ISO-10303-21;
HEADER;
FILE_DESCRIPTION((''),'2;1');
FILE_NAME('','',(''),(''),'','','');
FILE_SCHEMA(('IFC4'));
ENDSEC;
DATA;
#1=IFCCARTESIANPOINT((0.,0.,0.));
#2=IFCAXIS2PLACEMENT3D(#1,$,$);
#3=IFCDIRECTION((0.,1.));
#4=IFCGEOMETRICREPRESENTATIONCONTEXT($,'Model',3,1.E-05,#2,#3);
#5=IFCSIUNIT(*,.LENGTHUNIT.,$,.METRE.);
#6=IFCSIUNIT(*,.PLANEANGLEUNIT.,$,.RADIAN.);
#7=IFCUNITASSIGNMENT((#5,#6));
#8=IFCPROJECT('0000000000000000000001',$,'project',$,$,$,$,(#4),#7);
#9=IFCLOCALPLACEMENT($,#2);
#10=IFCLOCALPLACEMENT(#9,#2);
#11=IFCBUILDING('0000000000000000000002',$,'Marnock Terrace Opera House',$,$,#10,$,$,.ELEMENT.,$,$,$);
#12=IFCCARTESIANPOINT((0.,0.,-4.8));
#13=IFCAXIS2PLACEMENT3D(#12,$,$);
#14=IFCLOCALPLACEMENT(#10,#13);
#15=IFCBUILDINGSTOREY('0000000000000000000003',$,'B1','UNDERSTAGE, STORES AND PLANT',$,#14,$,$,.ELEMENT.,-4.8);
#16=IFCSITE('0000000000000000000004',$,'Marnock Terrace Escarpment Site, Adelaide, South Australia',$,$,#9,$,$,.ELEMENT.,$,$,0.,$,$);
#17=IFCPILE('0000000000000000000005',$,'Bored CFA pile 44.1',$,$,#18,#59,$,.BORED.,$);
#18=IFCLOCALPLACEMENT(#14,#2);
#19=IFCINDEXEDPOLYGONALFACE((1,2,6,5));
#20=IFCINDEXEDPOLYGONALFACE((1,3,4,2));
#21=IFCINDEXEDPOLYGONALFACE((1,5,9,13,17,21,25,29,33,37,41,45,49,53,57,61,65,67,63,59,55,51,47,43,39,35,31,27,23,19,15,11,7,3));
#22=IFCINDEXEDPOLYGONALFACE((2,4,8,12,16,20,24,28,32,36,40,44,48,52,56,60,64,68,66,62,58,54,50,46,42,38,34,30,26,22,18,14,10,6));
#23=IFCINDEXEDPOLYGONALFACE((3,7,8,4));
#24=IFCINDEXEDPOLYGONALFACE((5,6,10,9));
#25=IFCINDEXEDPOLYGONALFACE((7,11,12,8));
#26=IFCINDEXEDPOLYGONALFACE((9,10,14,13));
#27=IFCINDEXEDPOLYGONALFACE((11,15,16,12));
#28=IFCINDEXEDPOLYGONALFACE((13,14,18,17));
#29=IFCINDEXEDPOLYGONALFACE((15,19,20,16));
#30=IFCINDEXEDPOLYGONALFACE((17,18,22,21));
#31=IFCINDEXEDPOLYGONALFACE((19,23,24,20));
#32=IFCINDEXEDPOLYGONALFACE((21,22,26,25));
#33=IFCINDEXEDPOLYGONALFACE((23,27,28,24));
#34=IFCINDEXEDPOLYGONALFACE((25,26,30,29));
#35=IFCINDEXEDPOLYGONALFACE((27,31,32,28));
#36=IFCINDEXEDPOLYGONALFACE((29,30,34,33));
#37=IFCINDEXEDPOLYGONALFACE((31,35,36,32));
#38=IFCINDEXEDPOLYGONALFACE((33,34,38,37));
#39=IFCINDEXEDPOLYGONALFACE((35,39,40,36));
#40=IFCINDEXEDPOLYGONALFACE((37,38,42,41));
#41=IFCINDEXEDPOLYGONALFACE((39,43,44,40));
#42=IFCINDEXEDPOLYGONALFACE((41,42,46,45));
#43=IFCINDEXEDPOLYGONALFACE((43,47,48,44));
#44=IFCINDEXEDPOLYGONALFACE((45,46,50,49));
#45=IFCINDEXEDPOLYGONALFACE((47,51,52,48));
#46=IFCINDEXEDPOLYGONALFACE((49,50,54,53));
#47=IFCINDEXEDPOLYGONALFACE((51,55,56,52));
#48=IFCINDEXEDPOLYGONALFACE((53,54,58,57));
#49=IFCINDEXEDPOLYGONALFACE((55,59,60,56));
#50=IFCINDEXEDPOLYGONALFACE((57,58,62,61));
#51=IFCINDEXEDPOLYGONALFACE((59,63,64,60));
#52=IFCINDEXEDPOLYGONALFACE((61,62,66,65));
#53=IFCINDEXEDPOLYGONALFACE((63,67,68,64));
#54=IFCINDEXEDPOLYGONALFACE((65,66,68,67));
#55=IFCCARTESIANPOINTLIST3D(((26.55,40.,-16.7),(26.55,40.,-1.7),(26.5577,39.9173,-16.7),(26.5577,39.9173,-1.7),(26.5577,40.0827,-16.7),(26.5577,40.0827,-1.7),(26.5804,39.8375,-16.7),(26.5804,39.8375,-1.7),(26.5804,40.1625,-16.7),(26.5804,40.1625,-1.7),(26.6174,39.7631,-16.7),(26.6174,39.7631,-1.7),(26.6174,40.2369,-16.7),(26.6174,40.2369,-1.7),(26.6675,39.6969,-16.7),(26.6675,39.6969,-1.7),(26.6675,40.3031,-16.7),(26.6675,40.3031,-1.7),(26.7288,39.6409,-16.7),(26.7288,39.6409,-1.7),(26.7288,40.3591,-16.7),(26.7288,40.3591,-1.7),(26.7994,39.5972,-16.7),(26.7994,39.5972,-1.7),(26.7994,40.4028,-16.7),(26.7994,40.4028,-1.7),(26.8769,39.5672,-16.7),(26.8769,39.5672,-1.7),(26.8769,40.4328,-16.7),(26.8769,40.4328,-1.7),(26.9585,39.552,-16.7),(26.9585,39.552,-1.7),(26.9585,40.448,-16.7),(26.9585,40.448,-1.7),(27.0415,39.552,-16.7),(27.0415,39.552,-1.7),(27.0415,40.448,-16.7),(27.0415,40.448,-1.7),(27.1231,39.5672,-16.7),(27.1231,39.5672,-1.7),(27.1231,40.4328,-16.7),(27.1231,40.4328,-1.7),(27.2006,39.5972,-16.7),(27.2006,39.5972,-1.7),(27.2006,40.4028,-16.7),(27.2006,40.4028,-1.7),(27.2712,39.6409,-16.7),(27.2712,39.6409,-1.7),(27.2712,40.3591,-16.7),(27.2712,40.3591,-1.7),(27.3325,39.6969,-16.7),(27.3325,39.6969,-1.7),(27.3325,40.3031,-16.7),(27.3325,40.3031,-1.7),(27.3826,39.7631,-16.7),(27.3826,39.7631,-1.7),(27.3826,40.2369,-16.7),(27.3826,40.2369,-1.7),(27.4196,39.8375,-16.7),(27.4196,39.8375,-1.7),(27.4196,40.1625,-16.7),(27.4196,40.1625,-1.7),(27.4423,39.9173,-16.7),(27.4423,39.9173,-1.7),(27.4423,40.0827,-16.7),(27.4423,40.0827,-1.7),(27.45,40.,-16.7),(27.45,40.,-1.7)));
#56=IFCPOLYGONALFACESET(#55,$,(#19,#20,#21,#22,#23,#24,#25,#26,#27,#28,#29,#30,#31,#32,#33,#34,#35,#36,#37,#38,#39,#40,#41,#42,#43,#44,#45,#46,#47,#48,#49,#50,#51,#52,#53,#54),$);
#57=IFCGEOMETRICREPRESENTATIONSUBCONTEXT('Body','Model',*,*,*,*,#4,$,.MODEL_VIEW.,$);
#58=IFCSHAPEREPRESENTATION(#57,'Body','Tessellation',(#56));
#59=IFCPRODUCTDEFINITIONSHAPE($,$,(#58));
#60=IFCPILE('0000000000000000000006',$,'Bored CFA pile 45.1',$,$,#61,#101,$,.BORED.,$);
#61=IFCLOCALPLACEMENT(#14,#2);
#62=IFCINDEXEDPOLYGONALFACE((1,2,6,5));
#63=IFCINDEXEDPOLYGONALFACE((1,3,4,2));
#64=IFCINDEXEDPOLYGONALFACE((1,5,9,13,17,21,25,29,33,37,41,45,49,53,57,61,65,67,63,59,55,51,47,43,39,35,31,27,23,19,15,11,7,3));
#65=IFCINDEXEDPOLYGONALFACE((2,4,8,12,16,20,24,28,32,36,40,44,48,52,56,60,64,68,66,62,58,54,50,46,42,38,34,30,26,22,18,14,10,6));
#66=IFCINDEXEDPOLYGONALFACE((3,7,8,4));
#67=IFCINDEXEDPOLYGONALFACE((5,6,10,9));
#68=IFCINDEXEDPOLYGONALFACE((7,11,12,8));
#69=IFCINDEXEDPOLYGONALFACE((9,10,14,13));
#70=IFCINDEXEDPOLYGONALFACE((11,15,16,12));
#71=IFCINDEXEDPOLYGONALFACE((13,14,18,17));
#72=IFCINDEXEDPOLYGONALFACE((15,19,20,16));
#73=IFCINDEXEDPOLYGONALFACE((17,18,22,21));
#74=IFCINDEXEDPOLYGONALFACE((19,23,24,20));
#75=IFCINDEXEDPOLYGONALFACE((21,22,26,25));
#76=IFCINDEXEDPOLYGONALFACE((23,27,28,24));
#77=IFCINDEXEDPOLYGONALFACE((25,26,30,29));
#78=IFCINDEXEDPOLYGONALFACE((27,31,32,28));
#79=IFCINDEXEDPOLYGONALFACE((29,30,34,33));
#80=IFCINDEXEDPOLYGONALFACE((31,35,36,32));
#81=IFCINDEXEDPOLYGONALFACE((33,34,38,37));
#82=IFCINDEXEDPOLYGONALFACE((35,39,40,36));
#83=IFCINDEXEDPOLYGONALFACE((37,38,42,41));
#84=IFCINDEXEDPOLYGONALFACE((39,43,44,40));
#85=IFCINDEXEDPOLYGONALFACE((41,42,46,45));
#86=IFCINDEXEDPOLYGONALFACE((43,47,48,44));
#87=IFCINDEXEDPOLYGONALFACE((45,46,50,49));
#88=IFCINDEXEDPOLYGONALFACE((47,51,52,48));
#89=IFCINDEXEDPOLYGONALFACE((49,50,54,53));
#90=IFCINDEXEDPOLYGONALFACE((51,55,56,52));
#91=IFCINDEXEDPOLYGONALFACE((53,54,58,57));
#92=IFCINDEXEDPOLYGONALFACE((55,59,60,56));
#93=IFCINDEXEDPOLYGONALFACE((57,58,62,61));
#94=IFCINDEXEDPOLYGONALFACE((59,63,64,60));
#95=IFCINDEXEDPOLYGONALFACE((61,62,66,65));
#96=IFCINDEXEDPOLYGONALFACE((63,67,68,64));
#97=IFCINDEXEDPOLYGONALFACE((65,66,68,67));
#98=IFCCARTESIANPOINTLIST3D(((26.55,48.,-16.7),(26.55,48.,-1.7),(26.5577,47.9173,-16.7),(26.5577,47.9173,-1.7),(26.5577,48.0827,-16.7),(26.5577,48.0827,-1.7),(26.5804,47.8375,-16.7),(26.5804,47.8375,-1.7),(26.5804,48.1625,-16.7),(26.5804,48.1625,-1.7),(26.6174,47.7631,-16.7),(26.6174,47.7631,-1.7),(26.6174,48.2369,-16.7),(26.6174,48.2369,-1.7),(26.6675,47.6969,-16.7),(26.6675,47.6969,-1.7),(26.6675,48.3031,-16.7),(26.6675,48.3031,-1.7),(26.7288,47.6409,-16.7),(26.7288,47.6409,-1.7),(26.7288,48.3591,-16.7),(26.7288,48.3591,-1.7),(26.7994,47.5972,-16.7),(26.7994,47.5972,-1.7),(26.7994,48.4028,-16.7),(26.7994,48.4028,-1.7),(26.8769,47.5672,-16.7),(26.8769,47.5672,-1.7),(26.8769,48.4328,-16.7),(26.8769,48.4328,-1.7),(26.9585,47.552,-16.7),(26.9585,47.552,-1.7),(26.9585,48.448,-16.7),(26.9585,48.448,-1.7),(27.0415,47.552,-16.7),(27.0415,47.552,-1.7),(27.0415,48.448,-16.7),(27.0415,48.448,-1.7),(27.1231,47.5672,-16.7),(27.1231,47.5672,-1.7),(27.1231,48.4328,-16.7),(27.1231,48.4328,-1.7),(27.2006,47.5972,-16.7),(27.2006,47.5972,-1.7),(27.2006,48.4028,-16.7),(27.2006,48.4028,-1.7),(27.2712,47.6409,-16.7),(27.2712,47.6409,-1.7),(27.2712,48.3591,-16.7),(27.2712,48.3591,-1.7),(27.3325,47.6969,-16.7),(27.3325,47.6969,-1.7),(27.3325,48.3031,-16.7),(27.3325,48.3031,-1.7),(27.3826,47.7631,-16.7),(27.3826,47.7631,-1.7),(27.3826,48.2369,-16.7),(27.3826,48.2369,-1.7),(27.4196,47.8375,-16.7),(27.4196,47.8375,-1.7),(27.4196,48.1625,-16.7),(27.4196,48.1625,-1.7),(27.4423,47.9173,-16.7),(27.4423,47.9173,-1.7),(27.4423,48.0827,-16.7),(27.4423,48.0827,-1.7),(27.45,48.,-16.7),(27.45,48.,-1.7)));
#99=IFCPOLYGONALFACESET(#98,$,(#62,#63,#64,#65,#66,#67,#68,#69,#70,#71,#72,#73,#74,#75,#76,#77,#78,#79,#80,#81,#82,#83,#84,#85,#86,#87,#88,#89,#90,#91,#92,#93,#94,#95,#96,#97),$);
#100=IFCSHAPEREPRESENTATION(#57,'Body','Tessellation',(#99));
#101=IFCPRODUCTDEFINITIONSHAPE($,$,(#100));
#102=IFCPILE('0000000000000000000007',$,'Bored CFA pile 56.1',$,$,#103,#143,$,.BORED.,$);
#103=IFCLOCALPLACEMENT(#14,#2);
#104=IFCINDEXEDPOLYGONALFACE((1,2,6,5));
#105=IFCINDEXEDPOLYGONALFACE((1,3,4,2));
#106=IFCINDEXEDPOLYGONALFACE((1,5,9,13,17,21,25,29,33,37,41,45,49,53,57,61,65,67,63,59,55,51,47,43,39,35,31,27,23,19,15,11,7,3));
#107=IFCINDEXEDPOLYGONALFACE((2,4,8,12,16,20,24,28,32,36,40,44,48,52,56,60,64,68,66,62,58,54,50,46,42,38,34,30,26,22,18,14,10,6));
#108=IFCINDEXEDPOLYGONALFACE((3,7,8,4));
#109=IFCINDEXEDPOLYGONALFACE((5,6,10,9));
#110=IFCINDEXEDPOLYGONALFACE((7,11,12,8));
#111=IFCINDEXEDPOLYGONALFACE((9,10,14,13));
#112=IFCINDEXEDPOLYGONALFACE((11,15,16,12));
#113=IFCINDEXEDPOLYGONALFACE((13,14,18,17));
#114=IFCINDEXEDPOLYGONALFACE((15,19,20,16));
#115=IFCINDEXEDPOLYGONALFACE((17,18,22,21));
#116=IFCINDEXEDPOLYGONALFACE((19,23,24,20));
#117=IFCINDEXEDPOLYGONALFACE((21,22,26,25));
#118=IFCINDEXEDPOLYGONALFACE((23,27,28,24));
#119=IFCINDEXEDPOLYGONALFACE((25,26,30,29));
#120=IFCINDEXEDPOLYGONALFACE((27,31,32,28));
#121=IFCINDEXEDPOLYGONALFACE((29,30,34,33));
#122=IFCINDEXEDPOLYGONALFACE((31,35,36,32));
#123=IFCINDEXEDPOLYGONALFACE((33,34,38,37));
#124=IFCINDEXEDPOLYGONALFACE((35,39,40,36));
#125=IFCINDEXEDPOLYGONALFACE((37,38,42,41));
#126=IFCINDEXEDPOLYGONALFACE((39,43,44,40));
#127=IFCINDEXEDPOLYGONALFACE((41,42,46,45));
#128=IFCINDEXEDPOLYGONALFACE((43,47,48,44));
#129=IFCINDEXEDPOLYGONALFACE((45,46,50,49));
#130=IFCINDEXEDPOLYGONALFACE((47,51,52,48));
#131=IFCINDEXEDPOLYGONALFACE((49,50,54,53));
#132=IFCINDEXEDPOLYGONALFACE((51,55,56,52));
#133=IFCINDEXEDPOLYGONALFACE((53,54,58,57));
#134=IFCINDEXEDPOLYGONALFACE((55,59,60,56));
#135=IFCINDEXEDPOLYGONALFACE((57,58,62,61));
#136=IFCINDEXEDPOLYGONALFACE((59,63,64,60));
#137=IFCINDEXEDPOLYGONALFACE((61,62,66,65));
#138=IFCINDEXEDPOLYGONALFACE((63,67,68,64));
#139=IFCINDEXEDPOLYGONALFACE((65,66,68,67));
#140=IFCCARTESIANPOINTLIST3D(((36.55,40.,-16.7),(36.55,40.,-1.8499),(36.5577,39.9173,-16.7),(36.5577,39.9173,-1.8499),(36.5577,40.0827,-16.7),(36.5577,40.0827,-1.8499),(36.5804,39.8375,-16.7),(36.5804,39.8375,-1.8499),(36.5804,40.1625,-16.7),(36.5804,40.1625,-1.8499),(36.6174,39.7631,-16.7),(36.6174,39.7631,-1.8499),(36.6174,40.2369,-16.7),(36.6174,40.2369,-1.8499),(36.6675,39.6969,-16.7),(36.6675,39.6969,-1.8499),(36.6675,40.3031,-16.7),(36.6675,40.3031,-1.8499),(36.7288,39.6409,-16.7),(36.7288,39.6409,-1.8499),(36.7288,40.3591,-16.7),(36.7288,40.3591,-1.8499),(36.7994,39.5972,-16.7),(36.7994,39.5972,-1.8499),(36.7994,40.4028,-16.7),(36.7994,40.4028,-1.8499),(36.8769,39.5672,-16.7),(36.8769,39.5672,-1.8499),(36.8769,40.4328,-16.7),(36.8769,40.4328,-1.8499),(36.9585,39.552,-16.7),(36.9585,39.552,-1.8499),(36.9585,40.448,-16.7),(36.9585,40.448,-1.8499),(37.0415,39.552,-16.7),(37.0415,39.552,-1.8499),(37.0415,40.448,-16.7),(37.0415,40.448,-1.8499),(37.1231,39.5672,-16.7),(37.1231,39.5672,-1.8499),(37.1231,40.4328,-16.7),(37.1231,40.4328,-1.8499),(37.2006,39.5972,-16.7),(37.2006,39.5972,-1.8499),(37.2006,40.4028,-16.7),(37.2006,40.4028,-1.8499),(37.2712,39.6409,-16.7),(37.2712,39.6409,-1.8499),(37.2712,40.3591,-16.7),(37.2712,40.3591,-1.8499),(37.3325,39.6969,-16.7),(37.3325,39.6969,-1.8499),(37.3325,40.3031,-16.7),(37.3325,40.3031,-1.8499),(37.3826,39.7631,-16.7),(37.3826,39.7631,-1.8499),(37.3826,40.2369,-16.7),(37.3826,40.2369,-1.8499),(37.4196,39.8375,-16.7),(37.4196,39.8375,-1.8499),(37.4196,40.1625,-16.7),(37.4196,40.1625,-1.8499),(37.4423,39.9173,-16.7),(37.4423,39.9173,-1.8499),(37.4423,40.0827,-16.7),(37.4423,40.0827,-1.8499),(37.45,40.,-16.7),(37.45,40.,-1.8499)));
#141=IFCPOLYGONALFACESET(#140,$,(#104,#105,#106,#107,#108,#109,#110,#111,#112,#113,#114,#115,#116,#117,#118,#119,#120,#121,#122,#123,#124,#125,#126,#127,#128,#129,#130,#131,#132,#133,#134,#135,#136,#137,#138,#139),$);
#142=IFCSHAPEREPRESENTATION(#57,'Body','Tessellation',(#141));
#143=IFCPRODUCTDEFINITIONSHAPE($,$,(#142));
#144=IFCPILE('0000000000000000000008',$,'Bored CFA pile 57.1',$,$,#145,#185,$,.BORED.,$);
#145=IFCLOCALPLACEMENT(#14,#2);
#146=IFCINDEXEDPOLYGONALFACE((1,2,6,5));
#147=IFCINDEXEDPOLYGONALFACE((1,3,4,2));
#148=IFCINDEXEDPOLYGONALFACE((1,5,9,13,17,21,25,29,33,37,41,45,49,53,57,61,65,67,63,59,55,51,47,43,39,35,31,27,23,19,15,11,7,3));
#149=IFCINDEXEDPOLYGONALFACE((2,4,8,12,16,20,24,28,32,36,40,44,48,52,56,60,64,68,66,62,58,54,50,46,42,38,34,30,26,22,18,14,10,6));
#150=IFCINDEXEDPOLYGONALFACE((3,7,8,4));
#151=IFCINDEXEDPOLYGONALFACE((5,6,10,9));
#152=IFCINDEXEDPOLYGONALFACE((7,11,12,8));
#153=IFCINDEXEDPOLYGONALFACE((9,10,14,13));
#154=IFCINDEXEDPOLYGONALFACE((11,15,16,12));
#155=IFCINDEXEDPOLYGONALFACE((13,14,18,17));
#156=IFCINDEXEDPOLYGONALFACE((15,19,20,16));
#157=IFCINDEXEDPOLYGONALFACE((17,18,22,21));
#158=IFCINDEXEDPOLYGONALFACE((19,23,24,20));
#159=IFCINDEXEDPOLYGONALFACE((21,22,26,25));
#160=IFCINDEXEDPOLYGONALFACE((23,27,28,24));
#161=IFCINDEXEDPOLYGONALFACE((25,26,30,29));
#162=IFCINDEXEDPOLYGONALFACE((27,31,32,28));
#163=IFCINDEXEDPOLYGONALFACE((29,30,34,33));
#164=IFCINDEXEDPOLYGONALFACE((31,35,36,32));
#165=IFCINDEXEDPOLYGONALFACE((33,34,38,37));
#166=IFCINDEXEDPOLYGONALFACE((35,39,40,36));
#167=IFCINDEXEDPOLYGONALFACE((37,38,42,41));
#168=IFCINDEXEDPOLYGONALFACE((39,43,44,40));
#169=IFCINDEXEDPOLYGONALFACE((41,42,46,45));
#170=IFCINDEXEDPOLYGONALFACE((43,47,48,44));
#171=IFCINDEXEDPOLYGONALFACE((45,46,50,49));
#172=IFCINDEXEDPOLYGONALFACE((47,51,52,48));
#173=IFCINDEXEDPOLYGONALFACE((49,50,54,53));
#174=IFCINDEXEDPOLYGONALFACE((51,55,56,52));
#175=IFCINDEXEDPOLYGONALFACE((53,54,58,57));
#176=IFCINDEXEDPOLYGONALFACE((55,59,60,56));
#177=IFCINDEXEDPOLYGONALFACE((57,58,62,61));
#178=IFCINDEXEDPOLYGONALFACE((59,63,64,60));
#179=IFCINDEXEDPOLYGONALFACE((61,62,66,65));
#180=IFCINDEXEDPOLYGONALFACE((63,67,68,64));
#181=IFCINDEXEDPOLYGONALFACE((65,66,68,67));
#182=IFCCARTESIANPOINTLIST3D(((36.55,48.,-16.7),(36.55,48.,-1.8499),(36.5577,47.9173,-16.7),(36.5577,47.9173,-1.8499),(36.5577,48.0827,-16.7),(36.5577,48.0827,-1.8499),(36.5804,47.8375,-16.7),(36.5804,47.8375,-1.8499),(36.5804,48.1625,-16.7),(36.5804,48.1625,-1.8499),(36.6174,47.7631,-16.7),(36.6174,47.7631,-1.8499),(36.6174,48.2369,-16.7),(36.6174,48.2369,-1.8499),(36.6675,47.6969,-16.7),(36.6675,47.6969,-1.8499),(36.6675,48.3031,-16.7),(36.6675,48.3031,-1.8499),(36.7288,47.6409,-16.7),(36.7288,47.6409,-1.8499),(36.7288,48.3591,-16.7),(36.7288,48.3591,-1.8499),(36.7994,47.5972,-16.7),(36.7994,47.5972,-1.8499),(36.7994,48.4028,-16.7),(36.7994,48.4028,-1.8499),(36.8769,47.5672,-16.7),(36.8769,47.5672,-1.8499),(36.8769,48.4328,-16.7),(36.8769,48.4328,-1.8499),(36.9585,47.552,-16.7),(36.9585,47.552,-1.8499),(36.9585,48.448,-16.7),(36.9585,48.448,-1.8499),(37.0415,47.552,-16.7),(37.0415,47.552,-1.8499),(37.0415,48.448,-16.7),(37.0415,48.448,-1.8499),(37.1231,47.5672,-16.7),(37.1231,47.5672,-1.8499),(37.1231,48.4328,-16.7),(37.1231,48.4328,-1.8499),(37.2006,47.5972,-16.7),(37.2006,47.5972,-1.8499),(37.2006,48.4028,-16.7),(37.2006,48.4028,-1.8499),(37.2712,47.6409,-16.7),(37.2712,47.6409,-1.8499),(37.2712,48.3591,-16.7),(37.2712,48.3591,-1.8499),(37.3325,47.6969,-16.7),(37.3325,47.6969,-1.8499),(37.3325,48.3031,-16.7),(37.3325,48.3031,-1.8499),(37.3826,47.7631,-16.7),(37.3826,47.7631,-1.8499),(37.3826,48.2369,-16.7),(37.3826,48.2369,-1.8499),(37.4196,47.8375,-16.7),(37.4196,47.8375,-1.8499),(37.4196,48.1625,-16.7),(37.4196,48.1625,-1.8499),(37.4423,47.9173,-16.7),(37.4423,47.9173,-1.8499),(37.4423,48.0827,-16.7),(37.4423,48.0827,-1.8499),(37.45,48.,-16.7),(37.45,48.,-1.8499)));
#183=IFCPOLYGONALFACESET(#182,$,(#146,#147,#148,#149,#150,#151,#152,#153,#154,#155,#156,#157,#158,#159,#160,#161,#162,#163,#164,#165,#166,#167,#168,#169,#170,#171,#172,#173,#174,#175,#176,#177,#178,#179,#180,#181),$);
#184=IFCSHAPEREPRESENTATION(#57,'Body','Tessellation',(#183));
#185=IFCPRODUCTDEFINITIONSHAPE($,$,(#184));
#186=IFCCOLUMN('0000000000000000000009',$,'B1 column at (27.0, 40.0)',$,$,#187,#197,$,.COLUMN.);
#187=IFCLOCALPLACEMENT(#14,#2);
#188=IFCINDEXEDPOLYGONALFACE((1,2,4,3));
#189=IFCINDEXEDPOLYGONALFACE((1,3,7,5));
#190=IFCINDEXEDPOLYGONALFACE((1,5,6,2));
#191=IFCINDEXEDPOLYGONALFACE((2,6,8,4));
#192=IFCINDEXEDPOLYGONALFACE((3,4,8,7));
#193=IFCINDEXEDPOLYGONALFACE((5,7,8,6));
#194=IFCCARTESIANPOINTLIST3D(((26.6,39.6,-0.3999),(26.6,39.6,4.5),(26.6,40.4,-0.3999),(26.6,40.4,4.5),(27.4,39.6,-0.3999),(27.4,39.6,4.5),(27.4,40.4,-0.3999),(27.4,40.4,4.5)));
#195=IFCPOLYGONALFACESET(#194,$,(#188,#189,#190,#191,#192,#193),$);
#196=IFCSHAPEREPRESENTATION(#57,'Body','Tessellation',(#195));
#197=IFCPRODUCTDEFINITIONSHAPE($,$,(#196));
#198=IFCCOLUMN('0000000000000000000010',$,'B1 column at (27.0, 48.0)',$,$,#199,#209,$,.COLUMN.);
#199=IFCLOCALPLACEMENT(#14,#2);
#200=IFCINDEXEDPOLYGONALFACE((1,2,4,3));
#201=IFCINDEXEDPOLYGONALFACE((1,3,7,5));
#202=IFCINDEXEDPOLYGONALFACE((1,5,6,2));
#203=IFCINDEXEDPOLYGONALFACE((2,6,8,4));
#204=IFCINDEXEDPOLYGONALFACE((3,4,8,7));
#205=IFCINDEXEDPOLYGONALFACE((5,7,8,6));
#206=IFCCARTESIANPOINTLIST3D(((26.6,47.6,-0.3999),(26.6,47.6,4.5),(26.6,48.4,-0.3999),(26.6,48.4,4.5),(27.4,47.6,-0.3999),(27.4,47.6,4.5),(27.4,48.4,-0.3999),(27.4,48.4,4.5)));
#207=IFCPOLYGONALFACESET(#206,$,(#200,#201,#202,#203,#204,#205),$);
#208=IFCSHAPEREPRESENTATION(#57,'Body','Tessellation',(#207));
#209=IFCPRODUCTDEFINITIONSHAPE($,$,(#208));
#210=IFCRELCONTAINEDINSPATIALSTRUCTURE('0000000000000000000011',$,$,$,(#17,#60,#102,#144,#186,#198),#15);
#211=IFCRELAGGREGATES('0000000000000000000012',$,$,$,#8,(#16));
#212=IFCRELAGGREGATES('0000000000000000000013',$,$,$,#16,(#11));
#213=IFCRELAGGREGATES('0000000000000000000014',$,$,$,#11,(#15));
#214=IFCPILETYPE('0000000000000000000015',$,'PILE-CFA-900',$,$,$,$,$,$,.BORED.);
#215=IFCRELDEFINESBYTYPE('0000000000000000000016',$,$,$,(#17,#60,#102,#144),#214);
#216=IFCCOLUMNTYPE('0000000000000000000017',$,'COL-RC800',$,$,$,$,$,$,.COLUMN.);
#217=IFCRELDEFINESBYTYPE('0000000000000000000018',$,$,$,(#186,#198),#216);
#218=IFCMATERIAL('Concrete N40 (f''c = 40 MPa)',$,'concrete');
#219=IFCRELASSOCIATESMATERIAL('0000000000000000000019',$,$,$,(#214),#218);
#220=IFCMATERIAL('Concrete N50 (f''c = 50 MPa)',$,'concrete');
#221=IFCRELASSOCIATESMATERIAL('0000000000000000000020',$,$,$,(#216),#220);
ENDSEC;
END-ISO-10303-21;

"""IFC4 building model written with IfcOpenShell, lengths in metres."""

from ifc_helpers import new_model, si_unit, direction, frame, origin, origin_2d, place, context, subcontext, project, spatial, rectangle, circle, extrude, material, material_profile, profile_set, type_object, element, save


model = new_model("IFC4")

# Units and contexts
model_context = context("Model", 3, precision=1e-05, world=origin(), true_north=direction((0.0, 1.0)))
body_context = subcontext(model_context, "Body", "Model", "MODEL_VIEW")
ifc_project = project(units=[si_unit("LENGTHUNIT", "METRE"), si_unit("PLANEANGLEUNIT", "RADIAN")], contexts=[model_context])

# Site, building, storey
site_placement = place(None, origin())
site = spatial("IfcSite", under=ifc_project, at=site_placement, Name="Marnock Terrace Escarpment Site, Adelaide, South Australia", CompositionType="ELEMENT", RefElevation=0.0)
building_placement = place(site_placement, origin())
building = spatial("IfcBuilding", under=site, at=building_placement, Name="Marnock Terrace Opera House", CompositionType="ELEMENT")
storey_placement = place(building_placement, frame((0.0, 0.0, -4.8)))
storey = spatial("IfcBuildingStorey", under=building, at=storey_placement, Name="B1", Description="UNDERSTAGE, STORES AND PLANT", CompositionType="ELEMENT", Elevation=-4.8)

# Shared definitions
ifc_material_1 = material(Name="Concrete N40 (f'c = 40 MPa)", Category="concrete")

# Piles
ifc_material_profile_1 = material_profile(ifc_material_1, circle(Radius=0.45, at=origin_2d()))
ifc_profile_set_1 = profile_set([ifc_material_profile_1], Name="Concrete N40 (f'c = 40 MPa)")
pile_type = type_object("IfcPileType", Name="PILE-CFA-900", PredefinedType="BORED", material=ifc_profile_set_1)
for number, where, z_axis, x_axis, name in (
    (1, (27.0, 40.0, -1.7), (0.0, 0.0, -1.0), (1.0, 0.0, 0.0), "Bored CFA pile 44.1"),
    (2, (27.0, 48.0, -1.7), (0.0, 0.0, -1.0), (1.0, 0.0, 0.0), "Bored CFA pile 45.1"),
):
    element("IfcPile", number, at=place(storey_placement, frame(where, z_axis=z_axis, x_axis=x_axis)), inside=storey, type_object=pile_type, Name=name, PredefinedType="BORED", context=body_context, shape_type="SweptSolid", body=[
        extrude(circle(Radius=0.45, at=origin_2d()), origin(), (0.0, 0.0, 1.0), 15.0),
    ])
for number, where, z_axis, x_axis, name in (
    (3, (37.0, 40.0, -1.8499), (0.0, 0.0, -1.0), (1.0, 0.0, 0.0), "Bored CFA pile 56.1"),
    (4, (37.0, 48.0, -1.8499), (0.0, 0.0, -1.0), (1.0, 0.0, 0.0), "Bored CFA pile 57.1"),
):
    element("IfcPile", number, at=place(storey_placement, frame(where, z_axis=z_axis, x_axis=x_axis)), inside=storey, type_object=pile_type, Name=name, PredefinedType="BORED", context=body_context, shape_type="SweptSolid", body=[
        extrude(circle(Radius=0.45, at=origin_2d()), origin(), (0.0, 0.0, 1.0), 14.8501),
    ])

# Columns
ifc_material_2 = material(Name="Concrete N50 (f'c = 50 MPa)", Category="concrete")
ifc_material_profile_2 = material_profile(ifc_material_2, rectangle(XDim=0.8, YDim=0.8, at=origin_2d()))
ifc_profile_set_2 = profile_set([ifc_material_profile_2], Name="Concrete N50 (f'c = 50 MPa)")
column_type = type_object("IfcColumnType", Name="COL-RC800", PredefinedType="COLUMN", material=ifc_profile_set_2)
for number, where, z_axis, x_axis, name in (
    (5, (27.0, 40.0, -0.3999), (0.0, 0.0, 1.0), (1.0, 0.0, 0.0), "B1 column at (27.0, 40.0)"),
    (6, (27.0, 48.0, -0.3999), (0.0, 0.0, 1.0), (1.0, 0.0, 0.0), "B1 column at (27.0, 48.0)"),
):
    element("IfcColumn", number, at=place(storey_placement, frame(where, z_axis=z_axis, x_axis=x_axis)), inside=storey, type_object=column_type, Name=name, PredefinedType="COLUMN", context=body_context, shape_type="SweptSolid", body=[
        extrude(rectangle(XDim=0.8, YDim=0.8, at=origin_2d()), origin(), (0.0, 0.0, 1.0), 4.8999),
    ])

save(model, "model.ifc")
